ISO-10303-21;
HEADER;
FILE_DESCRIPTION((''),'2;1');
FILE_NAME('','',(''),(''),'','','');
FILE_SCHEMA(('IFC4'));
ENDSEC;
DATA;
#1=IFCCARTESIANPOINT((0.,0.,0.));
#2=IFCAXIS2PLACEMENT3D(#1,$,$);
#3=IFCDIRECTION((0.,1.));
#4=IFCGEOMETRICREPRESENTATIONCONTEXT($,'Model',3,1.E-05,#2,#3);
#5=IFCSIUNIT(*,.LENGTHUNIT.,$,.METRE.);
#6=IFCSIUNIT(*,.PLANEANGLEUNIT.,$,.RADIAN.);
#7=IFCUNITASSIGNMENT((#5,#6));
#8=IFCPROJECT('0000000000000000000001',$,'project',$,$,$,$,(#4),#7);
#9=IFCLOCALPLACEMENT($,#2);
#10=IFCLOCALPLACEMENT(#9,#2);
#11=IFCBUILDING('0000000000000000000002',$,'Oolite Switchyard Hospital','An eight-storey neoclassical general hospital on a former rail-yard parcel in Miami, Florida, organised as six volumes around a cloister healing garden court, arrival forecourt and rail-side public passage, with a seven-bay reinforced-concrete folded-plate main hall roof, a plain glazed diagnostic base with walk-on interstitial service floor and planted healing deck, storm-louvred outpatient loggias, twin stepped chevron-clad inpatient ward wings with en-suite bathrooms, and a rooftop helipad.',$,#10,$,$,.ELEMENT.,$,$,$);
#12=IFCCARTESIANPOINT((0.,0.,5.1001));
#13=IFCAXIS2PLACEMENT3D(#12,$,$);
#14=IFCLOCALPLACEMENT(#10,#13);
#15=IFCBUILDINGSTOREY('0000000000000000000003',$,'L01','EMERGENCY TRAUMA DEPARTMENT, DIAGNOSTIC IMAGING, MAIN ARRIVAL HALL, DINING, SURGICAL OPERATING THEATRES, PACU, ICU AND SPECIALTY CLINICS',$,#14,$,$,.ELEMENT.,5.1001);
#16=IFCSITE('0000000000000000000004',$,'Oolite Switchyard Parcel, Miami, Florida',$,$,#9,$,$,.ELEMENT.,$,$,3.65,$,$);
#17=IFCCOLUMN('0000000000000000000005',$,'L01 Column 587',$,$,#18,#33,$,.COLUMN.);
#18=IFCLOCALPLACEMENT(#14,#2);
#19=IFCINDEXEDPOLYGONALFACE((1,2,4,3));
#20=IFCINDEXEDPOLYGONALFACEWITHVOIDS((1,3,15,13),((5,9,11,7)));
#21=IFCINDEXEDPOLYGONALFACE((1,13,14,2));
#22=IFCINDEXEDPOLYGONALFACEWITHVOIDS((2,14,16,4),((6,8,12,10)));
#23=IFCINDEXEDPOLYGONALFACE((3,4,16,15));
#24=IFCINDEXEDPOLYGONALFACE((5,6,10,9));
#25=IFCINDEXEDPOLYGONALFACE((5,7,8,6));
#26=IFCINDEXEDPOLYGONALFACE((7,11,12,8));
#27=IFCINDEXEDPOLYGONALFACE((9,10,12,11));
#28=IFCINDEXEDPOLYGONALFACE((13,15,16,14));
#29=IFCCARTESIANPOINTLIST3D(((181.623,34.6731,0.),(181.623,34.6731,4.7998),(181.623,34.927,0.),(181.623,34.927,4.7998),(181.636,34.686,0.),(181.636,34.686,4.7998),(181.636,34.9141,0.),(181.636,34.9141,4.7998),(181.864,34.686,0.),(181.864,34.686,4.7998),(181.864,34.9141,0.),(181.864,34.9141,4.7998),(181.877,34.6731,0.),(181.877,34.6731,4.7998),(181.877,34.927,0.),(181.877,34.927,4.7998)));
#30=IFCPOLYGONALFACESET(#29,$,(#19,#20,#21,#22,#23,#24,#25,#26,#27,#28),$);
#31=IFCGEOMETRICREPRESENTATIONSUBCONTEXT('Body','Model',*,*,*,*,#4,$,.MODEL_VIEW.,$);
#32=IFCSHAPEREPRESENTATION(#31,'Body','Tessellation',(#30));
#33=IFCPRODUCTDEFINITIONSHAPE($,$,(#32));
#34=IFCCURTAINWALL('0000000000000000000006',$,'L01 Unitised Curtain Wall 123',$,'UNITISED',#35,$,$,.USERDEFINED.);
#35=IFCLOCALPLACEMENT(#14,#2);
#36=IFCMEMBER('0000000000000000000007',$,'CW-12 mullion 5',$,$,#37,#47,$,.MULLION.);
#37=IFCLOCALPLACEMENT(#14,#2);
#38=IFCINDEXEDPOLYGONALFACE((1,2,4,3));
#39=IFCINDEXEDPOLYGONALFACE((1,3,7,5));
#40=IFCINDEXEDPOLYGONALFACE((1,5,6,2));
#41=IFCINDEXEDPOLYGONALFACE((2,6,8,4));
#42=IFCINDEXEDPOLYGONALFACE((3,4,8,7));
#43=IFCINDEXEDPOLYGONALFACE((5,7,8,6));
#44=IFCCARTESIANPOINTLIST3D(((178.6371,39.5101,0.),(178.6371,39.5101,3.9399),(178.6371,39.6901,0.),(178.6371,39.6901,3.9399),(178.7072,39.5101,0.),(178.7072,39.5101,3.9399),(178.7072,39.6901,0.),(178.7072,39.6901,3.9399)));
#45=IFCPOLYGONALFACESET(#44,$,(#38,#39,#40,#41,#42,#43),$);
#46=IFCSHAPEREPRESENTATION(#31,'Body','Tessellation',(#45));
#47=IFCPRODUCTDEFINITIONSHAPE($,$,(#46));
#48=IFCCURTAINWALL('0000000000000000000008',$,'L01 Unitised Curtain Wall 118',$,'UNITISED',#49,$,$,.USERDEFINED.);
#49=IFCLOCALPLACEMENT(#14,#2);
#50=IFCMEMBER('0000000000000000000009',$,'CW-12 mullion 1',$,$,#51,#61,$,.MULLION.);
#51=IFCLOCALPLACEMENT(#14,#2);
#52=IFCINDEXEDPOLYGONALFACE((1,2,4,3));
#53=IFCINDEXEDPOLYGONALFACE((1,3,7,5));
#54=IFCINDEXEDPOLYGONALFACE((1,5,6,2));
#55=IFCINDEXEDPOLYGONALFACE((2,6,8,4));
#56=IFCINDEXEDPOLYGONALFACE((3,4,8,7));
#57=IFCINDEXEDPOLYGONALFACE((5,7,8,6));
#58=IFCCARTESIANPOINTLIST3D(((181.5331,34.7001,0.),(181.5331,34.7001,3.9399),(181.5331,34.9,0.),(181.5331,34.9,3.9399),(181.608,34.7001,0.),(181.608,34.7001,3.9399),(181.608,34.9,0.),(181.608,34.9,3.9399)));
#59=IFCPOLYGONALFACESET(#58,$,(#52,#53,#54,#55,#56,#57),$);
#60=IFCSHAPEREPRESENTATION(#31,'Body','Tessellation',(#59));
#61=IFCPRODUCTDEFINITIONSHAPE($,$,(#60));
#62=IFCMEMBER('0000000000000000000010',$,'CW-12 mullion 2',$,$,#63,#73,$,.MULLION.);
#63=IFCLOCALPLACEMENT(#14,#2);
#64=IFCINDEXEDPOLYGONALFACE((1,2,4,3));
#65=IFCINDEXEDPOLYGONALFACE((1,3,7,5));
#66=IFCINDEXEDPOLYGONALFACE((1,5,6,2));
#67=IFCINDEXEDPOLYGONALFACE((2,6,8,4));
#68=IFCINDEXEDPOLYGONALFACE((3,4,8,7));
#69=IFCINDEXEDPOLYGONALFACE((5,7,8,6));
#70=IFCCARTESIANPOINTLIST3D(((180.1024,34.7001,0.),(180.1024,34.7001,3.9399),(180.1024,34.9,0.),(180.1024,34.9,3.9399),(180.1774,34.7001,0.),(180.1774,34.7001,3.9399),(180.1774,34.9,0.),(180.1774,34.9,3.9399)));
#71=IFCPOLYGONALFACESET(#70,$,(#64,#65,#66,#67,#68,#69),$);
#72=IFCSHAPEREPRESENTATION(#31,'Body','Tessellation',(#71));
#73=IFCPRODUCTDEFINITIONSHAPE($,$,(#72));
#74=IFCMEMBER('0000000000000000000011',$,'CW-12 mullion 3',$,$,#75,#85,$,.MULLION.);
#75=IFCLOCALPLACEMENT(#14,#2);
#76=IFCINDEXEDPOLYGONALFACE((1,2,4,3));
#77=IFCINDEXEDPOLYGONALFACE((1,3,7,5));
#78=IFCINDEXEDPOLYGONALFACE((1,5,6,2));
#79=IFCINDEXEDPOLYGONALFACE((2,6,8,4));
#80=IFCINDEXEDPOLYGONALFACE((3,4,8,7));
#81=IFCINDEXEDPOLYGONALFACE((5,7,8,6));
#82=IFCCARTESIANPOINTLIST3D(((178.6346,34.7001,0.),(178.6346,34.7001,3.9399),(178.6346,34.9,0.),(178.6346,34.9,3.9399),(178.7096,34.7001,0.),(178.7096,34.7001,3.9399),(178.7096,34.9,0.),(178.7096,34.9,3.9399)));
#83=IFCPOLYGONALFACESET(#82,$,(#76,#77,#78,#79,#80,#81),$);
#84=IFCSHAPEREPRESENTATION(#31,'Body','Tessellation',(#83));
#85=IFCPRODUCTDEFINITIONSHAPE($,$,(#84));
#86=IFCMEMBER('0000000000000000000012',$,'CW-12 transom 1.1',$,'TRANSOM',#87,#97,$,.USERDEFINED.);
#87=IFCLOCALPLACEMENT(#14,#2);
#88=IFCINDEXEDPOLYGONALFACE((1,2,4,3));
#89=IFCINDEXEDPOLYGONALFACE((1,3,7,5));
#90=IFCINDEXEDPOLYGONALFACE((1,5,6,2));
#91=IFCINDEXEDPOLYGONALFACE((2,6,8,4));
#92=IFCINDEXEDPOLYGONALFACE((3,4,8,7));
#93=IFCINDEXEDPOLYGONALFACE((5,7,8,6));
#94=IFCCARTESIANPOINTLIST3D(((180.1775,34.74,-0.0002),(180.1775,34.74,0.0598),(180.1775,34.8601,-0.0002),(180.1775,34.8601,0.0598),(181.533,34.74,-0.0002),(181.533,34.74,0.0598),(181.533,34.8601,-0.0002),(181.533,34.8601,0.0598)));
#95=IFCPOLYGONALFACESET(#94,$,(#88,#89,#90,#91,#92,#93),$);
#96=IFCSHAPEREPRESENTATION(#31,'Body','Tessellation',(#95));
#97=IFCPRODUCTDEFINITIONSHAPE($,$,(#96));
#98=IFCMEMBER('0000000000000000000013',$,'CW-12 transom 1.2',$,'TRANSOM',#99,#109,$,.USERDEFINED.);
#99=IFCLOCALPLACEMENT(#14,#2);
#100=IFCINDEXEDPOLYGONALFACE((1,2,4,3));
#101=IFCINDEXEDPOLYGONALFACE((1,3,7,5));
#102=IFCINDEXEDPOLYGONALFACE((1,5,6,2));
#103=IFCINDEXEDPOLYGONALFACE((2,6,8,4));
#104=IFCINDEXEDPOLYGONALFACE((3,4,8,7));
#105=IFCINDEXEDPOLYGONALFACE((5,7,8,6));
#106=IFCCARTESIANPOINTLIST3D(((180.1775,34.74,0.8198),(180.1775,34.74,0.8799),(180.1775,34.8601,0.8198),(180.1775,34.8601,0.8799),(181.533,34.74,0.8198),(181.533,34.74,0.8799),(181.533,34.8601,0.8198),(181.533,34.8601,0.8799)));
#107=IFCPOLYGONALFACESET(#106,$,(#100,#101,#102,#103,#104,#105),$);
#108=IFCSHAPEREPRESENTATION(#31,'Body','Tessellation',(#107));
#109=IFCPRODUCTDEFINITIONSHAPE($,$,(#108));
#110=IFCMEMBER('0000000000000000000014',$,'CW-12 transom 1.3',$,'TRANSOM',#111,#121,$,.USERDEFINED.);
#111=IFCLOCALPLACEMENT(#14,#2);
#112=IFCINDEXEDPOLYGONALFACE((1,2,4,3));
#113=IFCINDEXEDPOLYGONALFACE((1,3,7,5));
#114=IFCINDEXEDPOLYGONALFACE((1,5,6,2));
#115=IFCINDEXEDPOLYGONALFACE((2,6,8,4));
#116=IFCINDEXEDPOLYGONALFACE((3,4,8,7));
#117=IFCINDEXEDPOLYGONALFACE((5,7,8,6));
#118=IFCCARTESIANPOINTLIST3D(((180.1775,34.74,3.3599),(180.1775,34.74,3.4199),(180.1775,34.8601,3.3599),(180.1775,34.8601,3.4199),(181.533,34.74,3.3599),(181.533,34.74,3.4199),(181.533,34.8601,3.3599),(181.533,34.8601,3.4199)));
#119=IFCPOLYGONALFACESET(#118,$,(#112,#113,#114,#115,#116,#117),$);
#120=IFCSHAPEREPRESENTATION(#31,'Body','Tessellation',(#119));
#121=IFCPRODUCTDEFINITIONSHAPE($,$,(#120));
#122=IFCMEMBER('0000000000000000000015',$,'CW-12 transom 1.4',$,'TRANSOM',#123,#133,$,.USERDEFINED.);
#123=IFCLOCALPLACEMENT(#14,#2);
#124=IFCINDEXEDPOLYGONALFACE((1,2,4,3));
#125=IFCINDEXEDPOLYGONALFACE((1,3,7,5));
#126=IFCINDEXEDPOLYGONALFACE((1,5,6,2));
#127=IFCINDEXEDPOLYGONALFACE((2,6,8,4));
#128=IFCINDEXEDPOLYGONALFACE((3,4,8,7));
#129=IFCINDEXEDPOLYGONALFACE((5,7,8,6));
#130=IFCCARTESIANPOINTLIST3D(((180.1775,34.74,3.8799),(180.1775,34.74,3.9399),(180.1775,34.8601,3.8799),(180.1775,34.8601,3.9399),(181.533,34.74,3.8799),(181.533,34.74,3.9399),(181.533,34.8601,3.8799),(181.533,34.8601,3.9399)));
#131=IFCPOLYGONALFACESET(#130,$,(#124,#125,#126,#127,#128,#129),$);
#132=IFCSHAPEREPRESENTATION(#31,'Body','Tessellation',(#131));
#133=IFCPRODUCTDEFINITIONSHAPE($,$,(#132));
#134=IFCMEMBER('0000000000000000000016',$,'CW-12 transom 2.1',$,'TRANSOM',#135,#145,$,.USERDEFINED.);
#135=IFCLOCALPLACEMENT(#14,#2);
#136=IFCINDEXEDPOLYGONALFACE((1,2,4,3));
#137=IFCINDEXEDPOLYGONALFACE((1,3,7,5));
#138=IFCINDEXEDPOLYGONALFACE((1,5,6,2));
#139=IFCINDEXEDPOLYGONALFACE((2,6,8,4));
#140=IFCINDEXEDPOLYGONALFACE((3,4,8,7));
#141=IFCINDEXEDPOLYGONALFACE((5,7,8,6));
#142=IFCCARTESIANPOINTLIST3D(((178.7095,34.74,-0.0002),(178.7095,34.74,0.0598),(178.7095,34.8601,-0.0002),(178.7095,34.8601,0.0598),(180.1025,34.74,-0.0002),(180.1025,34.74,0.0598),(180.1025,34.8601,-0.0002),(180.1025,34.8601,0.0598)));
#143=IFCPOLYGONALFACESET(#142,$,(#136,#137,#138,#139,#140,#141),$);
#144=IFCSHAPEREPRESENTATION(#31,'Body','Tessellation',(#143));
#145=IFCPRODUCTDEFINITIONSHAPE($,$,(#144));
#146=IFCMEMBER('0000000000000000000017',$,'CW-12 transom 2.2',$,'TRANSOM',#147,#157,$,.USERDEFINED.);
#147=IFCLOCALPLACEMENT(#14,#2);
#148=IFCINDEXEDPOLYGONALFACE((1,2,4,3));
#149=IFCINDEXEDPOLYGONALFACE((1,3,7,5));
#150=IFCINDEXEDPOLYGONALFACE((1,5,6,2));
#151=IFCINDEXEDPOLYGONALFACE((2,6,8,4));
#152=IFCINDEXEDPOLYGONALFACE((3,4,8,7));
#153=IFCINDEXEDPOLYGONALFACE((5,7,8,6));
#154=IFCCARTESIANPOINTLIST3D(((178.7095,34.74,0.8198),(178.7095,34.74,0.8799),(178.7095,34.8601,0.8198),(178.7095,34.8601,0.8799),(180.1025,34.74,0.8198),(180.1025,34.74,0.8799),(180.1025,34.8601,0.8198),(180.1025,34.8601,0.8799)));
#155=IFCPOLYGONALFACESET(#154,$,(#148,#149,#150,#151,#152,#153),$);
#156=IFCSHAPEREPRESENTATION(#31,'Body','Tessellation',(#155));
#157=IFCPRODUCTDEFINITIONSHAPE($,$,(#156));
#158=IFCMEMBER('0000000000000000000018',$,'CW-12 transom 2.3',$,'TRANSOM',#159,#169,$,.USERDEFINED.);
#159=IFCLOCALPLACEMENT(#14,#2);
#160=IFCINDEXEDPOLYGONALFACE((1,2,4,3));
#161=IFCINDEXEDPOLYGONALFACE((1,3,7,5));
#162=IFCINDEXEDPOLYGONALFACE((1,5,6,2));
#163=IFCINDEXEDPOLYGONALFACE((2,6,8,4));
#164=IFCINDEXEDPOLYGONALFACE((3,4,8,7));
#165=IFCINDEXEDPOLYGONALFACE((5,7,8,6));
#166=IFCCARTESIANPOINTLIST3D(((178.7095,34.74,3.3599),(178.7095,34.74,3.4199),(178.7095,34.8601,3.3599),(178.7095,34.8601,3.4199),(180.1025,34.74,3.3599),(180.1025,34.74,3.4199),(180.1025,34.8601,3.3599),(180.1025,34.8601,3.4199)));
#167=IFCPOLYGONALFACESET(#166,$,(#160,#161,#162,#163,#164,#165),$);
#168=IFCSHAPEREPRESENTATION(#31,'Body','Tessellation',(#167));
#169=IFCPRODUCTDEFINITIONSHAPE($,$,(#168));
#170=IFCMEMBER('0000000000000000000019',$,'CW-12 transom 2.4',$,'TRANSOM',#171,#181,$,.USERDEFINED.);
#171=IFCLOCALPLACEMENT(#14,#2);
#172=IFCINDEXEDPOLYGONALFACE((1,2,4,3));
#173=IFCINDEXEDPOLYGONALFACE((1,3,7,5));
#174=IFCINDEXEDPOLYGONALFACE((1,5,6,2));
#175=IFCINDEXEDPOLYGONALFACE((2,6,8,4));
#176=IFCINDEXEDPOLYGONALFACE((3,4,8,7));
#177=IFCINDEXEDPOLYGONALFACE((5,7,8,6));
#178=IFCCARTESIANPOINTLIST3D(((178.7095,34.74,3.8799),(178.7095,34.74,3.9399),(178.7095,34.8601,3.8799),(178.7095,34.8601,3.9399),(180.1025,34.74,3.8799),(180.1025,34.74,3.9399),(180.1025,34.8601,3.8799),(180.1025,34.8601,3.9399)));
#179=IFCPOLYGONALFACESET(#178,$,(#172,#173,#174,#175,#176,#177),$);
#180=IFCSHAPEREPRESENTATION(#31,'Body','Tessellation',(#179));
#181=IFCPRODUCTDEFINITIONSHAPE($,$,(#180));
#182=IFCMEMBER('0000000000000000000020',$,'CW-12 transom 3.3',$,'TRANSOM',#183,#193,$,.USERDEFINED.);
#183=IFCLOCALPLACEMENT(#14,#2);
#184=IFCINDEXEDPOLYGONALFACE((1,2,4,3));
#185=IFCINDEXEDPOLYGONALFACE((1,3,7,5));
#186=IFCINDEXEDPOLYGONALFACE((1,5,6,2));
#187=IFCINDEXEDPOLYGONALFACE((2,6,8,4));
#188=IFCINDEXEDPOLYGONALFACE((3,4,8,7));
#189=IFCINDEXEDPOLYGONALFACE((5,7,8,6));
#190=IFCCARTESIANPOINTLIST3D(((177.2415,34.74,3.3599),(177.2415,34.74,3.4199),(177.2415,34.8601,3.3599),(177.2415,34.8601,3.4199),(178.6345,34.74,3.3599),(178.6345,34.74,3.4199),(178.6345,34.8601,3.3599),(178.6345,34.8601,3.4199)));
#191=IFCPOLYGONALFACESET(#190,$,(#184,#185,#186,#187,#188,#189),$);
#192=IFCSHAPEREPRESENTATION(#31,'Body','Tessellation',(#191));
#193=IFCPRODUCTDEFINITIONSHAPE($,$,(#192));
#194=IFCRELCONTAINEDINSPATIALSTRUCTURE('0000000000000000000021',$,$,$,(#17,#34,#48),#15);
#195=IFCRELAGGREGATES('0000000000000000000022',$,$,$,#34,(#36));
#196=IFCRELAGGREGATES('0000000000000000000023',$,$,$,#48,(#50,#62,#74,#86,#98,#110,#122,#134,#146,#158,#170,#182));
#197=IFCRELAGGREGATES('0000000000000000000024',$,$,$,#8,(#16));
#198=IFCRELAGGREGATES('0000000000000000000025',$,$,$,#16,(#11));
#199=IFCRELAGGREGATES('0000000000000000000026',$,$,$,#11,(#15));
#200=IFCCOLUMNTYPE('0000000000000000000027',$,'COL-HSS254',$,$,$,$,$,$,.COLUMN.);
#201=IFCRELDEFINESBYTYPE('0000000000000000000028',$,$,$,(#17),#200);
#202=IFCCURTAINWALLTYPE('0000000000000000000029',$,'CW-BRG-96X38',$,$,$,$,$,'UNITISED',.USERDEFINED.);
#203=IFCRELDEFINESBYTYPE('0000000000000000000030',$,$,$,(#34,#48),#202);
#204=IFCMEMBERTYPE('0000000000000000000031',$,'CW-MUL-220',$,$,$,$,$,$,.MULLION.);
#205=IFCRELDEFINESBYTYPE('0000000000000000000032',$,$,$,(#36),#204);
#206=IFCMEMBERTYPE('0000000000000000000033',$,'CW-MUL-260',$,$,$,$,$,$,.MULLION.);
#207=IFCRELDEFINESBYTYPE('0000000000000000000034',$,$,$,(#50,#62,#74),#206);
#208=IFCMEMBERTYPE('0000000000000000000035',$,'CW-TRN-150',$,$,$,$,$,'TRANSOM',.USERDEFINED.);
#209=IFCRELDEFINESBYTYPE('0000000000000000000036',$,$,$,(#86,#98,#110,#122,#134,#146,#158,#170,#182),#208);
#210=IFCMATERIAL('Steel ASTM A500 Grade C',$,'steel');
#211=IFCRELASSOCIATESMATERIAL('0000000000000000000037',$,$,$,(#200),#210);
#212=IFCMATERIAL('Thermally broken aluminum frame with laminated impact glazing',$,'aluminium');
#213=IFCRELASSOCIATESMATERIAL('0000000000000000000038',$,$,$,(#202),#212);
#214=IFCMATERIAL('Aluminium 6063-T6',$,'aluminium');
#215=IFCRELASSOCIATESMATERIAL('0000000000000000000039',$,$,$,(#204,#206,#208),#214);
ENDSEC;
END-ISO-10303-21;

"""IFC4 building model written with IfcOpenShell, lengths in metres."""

from ifc_helpers import new_model, si_unit, direction, frame, origin, origin_2d, place, context, subcontext, project, spatial, rectangle, hollow_rectangle, extrude, material, material_profile, profile_set, type_object, element, aggregate, save


model = new_model("IFC4")

# Units and contexts
model_context = context("Model", 3, precision=1e-05, world=origin(), true_north=direction((0.0, 1.0)))
body_context = subcontext(model_context, "Body", "Model", "MODEL_VIEW")
ifc_project = project(units=[si_unit("LENGTHUNIT", "METRE"), si_unit("PLANEANGLEUNIT", "RADIAN")], contexts=[model_context])

# Site, building, storey
site_placement = place(None, origin())
site = spatial("IfcSite", under=ifc_project, at=site_placement, Name="Oolite Switchyard Parcel, Miami, Florida", CompositionType="ELEMENT", RefElevation=3.65)
building_placement = place(site_placement, origin())
building = spatial("IfcBuilding", under=site, at=building_placement, Name="Oolite Switchyard Hospital", Description="An eight-storey neoclassical general hospital on a former rail-yard parcel in Miami, Florida, organised as six volumes around a cloister healing garden court, arrival forecourt and rail-side public passage, with a seven-bay reinforced-concrete folded-plate main hall roof, a plain glazed diagnostic base with walk-on interstitial service floor and planted healing deck, storm-louvred outpatient loggias, twin stepped chevron-clad inpatient ward wings with en-suite bathrooms, and a rooftop helipad.", CompositionType="ELEMENT")
storey_placement = place(building_placement, frame((0.0, 0.0, 5.1001)))
storey = spatial("IfcBuildingStorey", under=building, at=storey_placement, Name="L01", Description="EMERGENCY TRAUMA DEPARTMENT, DIAGNOSTIC IMAGING, MAIN ARRIVAL HALL, DINING, SURGICAL OPERATING THEATRES, PACU, ICU AND SPECIALTY CLINICS", CompositionType="ELEMENT", Elevation=5.1001)

# Column
ifc_material_1 = material(Name="Steel ASTM A500 Grade C", Category="steel")
ifc_material_profile_1 = material_profile(ifc_material_1, hollow_rectangle(XDim=0.2539, YDim=0.2539, WallThickness=0.0129, at=origin_2d()), Name="HSS254X254X13")
ifc_profile_set_1 = profile_set([ifc_material_profile_1], Name="Steel ASTM A500 Grade C")
column_type = type_object("IfcColumnType", Name="COL-HSS254", PredefinedType="COLUMN", material=ifc_profile_set_1)
column_placement = place(storey_placement, frame((181.75, 34.8, 0.0), z_axis=(0.0, 0.0, 1.0), x_axis=(1.0, 0.0, 0.0)))
element("IfcColumn", 1, at=column_placement, inside=storey, type_object=column_type, Name="L01 Column 587", PredefinedType="COLUMN", context=body_context, shape_type="SweptSolid", body=[
    extrude(hollow_rectangle(XDim=0.2539, YDim=0.2539, WallThickness=0.0129, at=origin_2d()), origin(), (0.0, 0.0, 1.0), 4.7998),
])

# Curtain wall, member
ifc_material_2 = material(Name="Thermally broken aluminum frame with laminated impact glazing", Category="aluminium")
curtain_wall_type = type_object("IfcCurtainWallType", Name="CW-BRG-96X38", ElementType="UNITISED", PredefinedType="USERDEFINED", material=ifc_material_2)
curtain_wall_1_placement = place(storey_placement, origin())
curtain_wall_1 = element("IfcCurtainWall", 2, at=curtain_wall_1_placement, inside=storey, type_object=curtain_wall_type, Name="L01 Unitised Curtain Wall 123", ObjectType="UNITISED", PredefinedType="USERDEFINED")
ifc_material_3 = material(Name="Aluminium 6063-T6", Category="aluminium")
ifc_material_profile_2 = material_profile(ifc_material_3, rectangle(XDim=0.1799, YDim=0.0701, at=origin_2d()), Name="CWM70X180")
ifc_profile_set_2 = profile_set([ifc_material_profile_2], Name="Aluminium 6063-T6")
member_type_1 = type_object("IfcMemberType", Name="CW-MUL-220", PredefinedType="MULLION", material=ifc_profile_set_2)
member_1_placement = place(storey_placement, frame((178.6721, 39.6001, 0.0), z_axis=(0.0, 0.0, 1.0), x_axis=(0.0, 1.0, 0.0)))
member_1 = element("IfcMember", 3, at=member_1_placement, type_object=member_type_1, Name="CW-12 mullion 5", PredefinedType="MULLION", context=body_context, shape_type="SweptSolid", body=[
    extrude(rectangle(XDim=0.1799, YDim=0.0701, at=origin_2d()), origin(), (0.0, 0.0, 1.0), 3.9399),
])

# Curtain wall, members
curtain_wall_2_placement = place(storey_placement, origin())
curtain_wall_2 = element("IfcCurtainWall", 4, at=curtain_wall_2_placement, inside=storey, type_object=curtain_wall_type, Name="L01 Unitised Curtain Wall 118", ObjectType="UNITISED", PredefinedType="USERDEFINED")
ifc_material_profile_3 = material_profile(ifc_material_3, rectangle(XDim=0.2, YDim=0.075, at=origin_2d()), Name="CWM75X200")
ifc_profile_set_3 = profile_set([ifc_material_profile_3], Name="Aluminium 6063-T6")
member_type_2 = type_object("IfcMemberType", Name="CW-MUL-260", PredefinedType="MULLION", material=ifc_profile_set_3)
member_2_placement = place(storey_placement, frame((181.5706, 34.8, 0.0), z_axis=(0.0, 0.0, 1.0), x_axis=(0.0, -1.0, 0.0)))
member_2 = element("IfcMember", 5, at=member_2_placement, type_object=member_type_2, Name="CW-12 mullion 1", PredefinedType="MULLION", context=body_context, shape_type="SweptSolid", body=[
    extrude(rectangle(XDim=0.2, YDim=0.075, at=origin_2d()), origin(), (0.0, 0.0, 1.0), 3.9399),
])
member_3_placement = place(storey_placement, frame((180.1399, 34.8, 0.0), z_axis=(0.0, 0.0, 1.0), x_axis=(0.0, -1.0, 0.0)))
member_3 = element("IfcMember", 6, at=member_3_placement, type_object=member_type_2, Name="CW-12 mullion 2", PredefinedType="MULLION", context=body_context, shape_type="SweptSolid", body=[
    extrude(rectangle(XDim=0.2, YDim=0.075, at=origin_2d()), origin(), (0.0, 0.0, 1.0), 3.9399),
])
member_4_placement = place(storey_placement, frame((178.6721, 34.8, 0.0), z_axis=(0.0, 0.0, 1.0), x_axis=(0.0, -1.0, 0.0)))
member_4 = element("IfcMember", 7, at=member_4_placement, type_object=member_type_2, Name="CW-12 mullion 3", PredefinedType="MULLION", context=body_context, shape_type="SweptSolid", body=[
    extrude(rectangle(XDim=0.2, YDim=0.075, at=origin_2d()), origin(), (0.0, 0.0, 1.0), 3.9399),
])
ifc_material_profile_4 = material_profile(ifc_material_3, rectangle(XDim=0.1201, YDim=0.0601, at=origin_2d()), Name="CWT60X120")
ifc_profile_set_4 = profile_set([ifc_material_profile_4], Name="Aluminium 6063-T6")
member_type_3 = type_object("IfcMemberType", Name="CW-TRN-150", ElementType="TRANSOM", PredefinedType="USERDEFINED", material=ifc_profile_set_4)
member_5_placement = place(storey_placement, frame((181.533, 34.8, 0.0298), z_axis=(-1.0, 0.0, 0.0), x_axis=(0.0, -1.0, 0.0)))
member_5 = element("IfcMember", 8, at=member_5_placement, type_object=member_type_3, Name="CW-12 transom 1.1", ObjectType="TRANSOM", PredefinedType="USERDEFINED", context=body_context, shape_type="SweptSolid", body=[
    extrude(rectangle(XDim=0.1201, YDim=0.0601, at=origin_2d()), origin(), (0.0, 0.0, 1.0), 1.3555),
])
member_6_placement = place(storey_placement, frame((181.533, 34.8, 0.8499), z_axis=(-1.0, 0.0, 0.0), x_axis=(0.0, -1.0, 0.0)))
member_6 = element("IfcMember", 9, at=member_6_placement, type_object=member_type_3, Name="CW-12 transom 1.2", ObjectType="TRANSOM", PredefinedType="USERDEFINED", context=body_context, shape_type="SweptSolid", body=[
    extrude(rectangle(XDim=0.1201, YDim=0.0601, at=origin_2d()), origin(), (0.0, 0.0, 1.0), 1.3555),
])
member_7_placement = place(storey_placement, frame((181.533, 34.8, 3.3899), z_axis=(-1.0, 0.0, 0.0), x_axis=(0.0, -1.0, 0.0)))
member_7 = element("IfcMember", 10, at=member_7_placement, type_object=member_type_3, Name="CW-12 transom 1.3", ObjectType="TRANSOM", PredefinedType="USERDEFINED", context=body_context, shape_type="SweptSolid", body=[
    extrude(rectangle(XDim=0.1201, YDim=0.0601, at=origin_2d()), origin(), (0.0, 0.0, 1.0), 1.3555),
])
member_8_placement = place(storey_placement, frame((181.533, 34.8, 3.9099), z_axis=(-1.0, 0.0, 0.0), x_axis=(0.0, -1.0, 0.0)))
member_8 = element("IfcMember", 11, at=member_8_placement, type_object=member_type_3, Name="CW-12 transom 1.4", ObjectType="TRANSOM", PredefinedType="USERDEFINED", context=body_context, shape_type="SweptSolid", body=[
    extrude(rectangle(XDim=0.1201, YDim=0.0601, at=origin_2d()), origin(), (0.0, 0.0, 1.0), 1.3555),
])
member_9_placement = place(storey_placement, frame((180.1025, 34.8, 0.0298), z_axis=(-1.0, 0.0, 0.0), x_axis=(0.0, -1.0, 0.0)))
member_9 = element("IfcMember", 12, at=member_9_placement, type_object=member_type_3, Name="CW-12 transom 2.1", ObjectType="TRANSOM", PredefinedType="USERDEFINED", context=body_context, shape_type="SweptSolid", body=[
    extrude(rectangle(XDim=0.1201, YDim=0.0601, at=origin_2d()), origin(), (0.0, 0.0, 1.0), 1.3931),
])
member_10_placement = place(storey_placement, frame((180.1025, 34.8, 0.8499), z_axis=(-1.0, 0.0, 0.0), x_axis=(0.0, -1.0, 0.0)))
member_10 = element("IfcMember", 13, at=member_10_placement, type_object=member_type_3, Name="CW-12 transom 2.2", ObjectType="TRANSOM", PredefinedType="USERDEFINED", context=body_context, shape_type="SweptSolid", body=[
    extrude(rectangle(XDim=0.1201, YDim=0.0601, at=origin_2d()), origin(), (0.0, 0.0, 1.0), 1.3931),
])
member_11_placement = place(storey_placement, frame((180.1025, 34.8, 3.3899), z_axis=(-1.0, 0.0, 0.0), x_axis=(0.0, -1.0, 0.0)))
member_11 = element("IfcMember", 14, at=member_11_placement, type_object=member_type_3, Name="CW-12 transom 2.3", ObjectType="TRANSOM", PredefinedType="USERDEFINED", context=body_context, shape_type="SweptSolid", body=[
    extrude(rectangle(XDim=0.1201, YDim=0.0601, at=origin_2d()), origin(), (0.0, 0.0, 1.0), 1.3931),
])
member_12_placement = place(storey_placement, frame((180.1025, 34.8, 3.9099), z_axis=(-1.0, 0.0, 0.0), x_axis=(0.0, -1.0, 0.0)))
member_12 = element("IfcMember", 15, at=member_12_placement, type_object=member_type_3, Name="CW-12 transom 2.4", ObjectType="TRANSOM", PredefinedType="USERDEFINED", context=body_context, shape_type="SweptSolid", body=[
    extrude(rectangle(XDim=0.1201, YDim=0.0601, at=origin_2d()), origin(), (0.0, 0.0, 1.0), 1.3931),
])
member_13_placement = place(storey_placement, frame((178.6345, 34.8, 3.3899), z_axis=(-1.0, 0.0, 0.0), x_axis=(0.0, -1.0, 0.0)))
member_13 = element("IfcMember", 16, at=member_13_placement, type_object=member_type_3, Name="CW-12 transom 3.3", ObjectType="TRANSOM", PredefinedType="USERDEFINED", context=body_context, shape_type="SweptSolid", body=[
    extrude(rectangle(XDim=0.1201, YDim=0.0601, at=origin_2d()), origin(), (0.0, 0.0, 1.0), 1.3931),
])

aggregate(curtain_wall_1, [member_1])
aggregate(curtain_wall_2, [member_2, member_3, member_4, member_5, member_6, member_7, member_8, member_9, member_10, member_11, member_12, member_13])

save(model, "model.ifc")
